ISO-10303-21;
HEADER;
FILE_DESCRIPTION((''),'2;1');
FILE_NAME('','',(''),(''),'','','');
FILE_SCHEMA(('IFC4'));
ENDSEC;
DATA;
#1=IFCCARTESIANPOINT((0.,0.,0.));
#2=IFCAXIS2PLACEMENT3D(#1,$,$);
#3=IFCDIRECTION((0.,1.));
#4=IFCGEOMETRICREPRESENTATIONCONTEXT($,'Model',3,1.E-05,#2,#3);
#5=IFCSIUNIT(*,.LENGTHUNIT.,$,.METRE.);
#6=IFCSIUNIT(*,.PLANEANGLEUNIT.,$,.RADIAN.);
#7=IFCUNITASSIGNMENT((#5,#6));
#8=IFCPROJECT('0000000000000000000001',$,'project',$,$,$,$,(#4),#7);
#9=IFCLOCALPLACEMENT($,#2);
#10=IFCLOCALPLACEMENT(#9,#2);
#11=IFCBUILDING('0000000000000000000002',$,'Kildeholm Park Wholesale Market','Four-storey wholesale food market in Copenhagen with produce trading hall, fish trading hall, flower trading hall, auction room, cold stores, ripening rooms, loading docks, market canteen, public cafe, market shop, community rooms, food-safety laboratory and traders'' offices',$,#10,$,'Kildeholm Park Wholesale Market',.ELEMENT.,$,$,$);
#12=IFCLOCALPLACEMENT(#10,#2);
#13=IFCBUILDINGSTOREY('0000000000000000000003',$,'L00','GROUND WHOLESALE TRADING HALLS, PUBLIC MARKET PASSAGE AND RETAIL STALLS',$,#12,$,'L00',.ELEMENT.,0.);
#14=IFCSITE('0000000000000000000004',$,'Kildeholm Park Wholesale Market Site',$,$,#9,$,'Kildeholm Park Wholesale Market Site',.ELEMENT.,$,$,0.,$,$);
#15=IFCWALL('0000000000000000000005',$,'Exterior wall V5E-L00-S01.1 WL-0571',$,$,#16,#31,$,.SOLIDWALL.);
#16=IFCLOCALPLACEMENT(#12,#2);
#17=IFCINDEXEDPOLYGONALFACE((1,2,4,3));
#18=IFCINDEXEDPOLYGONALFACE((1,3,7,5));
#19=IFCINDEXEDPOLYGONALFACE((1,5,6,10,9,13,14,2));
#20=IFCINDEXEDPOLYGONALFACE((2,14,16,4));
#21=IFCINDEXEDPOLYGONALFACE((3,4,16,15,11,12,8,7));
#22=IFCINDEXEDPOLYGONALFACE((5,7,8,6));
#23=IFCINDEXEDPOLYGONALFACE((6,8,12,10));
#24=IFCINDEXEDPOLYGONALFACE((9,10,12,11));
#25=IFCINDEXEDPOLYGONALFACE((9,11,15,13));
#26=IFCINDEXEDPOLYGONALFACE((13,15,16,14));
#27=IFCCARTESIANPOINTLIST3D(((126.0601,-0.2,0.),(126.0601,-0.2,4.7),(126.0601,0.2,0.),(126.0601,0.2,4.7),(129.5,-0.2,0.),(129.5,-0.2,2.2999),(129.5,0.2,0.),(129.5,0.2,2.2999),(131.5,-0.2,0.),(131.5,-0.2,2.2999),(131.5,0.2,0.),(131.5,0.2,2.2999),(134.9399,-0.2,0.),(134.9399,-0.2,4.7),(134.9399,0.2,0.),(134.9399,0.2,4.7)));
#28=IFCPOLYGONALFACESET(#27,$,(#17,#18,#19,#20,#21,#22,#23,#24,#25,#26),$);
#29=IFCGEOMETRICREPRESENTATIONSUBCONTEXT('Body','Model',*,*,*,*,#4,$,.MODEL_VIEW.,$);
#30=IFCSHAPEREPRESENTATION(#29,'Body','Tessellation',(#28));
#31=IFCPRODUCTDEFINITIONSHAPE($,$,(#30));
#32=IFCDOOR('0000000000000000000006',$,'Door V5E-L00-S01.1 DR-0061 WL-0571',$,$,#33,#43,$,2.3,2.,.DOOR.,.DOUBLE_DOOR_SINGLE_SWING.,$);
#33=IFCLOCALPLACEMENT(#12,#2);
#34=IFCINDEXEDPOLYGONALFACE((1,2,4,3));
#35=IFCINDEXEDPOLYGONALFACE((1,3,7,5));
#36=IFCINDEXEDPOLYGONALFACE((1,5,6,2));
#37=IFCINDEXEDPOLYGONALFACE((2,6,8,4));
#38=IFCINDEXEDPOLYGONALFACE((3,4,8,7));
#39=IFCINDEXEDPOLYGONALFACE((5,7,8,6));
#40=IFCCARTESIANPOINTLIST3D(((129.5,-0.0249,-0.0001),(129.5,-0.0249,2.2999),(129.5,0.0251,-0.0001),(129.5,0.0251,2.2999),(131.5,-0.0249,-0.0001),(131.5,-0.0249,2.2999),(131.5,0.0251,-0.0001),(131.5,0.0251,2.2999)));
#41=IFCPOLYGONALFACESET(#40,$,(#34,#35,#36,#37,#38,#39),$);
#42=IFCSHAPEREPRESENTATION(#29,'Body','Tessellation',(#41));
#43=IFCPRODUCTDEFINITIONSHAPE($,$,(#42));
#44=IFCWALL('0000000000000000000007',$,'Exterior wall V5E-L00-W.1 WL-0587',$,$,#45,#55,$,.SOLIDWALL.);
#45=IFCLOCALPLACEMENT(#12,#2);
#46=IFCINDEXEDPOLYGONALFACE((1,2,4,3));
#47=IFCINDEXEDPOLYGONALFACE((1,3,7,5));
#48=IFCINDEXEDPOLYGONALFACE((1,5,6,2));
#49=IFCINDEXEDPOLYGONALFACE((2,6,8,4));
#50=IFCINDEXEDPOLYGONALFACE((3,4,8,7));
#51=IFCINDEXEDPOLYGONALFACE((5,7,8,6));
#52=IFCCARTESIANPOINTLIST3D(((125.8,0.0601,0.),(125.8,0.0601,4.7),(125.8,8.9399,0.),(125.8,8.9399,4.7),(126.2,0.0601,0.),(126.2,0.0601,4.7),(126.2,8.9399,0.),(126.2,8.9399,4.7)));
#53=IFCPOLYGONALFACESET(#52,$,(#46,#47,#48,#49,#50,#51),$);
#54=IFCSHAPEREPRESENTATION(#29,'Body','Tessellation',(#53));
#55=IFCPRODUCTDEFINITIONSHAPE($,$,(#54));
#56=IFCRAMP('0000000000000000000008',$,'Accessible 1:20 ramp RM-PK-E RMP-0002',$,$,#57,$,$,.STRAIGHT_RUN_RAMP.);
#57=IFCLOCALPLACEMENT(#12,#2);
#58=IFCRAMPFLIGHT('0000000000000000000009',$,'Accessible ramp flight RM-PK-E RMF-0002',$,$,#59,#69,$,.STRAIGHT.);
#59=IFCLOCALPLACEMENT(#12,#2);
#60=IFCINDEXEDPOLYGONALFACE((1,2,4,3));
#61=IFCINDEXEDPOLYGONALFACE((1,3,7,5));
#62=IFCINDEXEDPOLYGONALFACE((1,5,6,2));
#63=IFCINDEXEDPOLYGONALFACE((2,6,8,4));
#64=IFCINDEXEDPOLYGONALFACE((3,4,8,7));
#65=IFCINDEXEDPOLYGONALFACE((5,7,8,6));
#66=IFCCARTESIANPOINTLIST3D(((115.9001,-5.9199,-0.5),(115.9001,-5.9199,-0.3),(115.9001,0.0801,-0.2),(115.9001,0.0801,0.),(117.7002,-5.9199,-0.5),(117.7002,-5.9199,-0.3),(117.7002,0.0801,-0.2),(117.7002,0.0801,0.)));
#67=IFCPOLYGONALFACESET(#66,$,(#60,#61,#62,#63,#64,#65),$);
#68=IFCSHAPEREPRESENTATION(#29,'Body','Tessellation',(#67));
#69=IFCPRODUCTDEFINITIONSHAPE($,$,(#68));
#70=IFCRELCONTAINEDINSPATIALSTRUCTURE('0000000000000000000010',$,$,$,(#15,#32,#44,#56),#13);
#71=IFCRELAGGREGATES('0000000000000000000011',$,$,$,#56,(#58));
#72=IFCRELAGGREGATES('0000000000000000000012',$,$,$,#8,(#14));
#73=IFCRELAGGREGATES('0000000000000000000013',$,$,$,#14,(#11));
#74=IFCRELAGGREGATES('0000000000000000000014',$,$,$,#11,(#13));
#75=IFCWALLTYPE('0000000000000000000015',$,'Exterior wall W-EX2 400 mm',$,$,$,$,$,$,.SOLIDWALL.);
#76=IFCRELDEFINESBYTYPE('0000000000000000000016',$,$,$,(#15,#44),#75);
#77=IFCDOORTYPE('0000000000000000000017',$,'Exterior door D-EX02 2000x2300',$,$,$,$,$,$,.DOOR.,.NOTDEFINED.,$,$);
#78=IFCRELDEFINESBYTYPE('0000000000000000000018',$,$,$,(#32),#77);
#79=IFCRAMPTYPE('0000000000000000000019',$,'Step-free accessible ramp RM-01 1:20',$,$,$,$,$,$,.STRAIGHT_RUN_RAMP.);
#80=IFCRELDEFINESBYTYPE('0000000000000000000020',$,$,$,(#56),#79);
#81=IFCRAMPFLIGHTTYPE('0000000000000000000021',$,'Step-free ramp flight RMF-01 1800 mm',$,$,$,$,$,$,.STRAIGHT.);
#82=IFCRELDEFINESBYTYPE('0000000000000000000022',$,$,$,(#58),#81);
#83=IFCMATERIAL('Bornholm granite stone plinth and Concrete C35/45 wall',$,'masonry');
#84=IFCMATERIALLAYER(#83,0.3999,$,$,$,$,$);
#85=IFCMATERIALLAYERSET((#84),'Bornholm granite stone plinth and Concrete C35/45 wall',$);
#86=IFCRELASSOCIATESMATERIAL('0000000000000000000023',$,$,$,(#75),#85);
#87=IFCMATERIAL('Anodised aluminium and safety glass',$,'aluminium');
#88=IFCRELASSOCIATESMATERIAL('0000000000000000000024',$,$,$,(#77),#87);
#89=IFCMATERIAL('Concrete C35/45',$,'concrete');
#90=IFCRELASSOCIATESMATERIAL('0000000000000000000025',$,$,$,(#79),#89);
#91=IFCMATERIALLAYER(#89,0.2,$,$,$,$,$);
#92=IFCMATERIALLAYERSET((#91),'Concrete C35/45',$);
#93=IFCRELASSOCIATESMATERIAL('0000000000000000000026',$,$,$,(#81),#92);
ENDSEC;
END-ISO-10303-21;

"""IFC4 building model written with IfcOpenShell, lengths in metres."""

from ifc_helpers import new_model, si_unit, direction, frame, frame_2d, origin, place, context, subcontext, project, spatial, polyline, rectangle, outline, extrude, material, layer, layer_set, type_object, element, fill, aggregate, save


model = new_model("IFC4")

# Units and contexts
model_context = context("Model", 3, precision=1e-05, world=origin(), true_north=direction((0.0, 1.0)))
body_context = subcontext(model_context, "Body", "Model", "MODEL_VIEW")
ifc_project = project(units=[si_unit("LENGTHUNIT", "METRE"), si_unit("PLANEANGLEUNIT", "RADIAN")], contexts=[model_context])

# Site, building, storey
site_placement = place(None, origin())
site = spatial("IfcSite", under=ifc_project, at=site_placement, Name="Kildeholm Park Wholesale Market Site", LongName="Kildeholm Park Wholesale Market Site", CompositionType="ELEMENT", RefElevation=0.0)
building_placement = place(site_placement, origin())
building = spatial("IfcBuilding", under=site, at=building_placement, Name="Kildeholm Park Wholesale Market", Description="Four-storey wholesale food market in Copenhagen with produce trading hall, fish trading hall, flower trading hall, auction room, cold stores, ripening rooms, loading docks, market canteen, public cafe, market shop, community rooms, food-safety laboratory and traders' offices", LongName="Kildeholm Park Wholesale Market", CompositionType="ELEMENT")
storey_placement = place(building_placement, origin())
storey = spatial("IfcBuildingStorey", under=building, at=storey_placement, Name="L00", Description="GROUND WHOLESALE TRADING HALLS, PUBLIC MARKET PASSAGE AND RETAIL STALLS", LongName="L00", CompositionType="ELEMENT", Elevation=0.0)

# Shared definitions
ifc_material_1 = material(Name="Concrete C35/45", Category="concrete")

# Wall, opening, door
ifc_material_2 = material(Name="Bornholm granite stone plinth and Concrete C35/45 wall", Category="masonry")
ifc_layer_1 = layer(ifc_material_2, 0.3999)
ifc_layer_set_1 = layer_set([ifc_layer_1], Name="Bornholm granite stone plinth and Concrete C35/45 wall")
wall_type = type_object("IfcWallType", Name="Exterior wall W-EX2 400 mm", PredefinedType="SOLIDWALL", material=ifc_layer_set_1)
wall_1_placement = place(storey_placement, frame((126.0601, 0.0, 0.0), z_axis=(0.0, 0.0, 1.0), x_axis=(1.0, 0.0, 0.0)))
wall_1 = element("IfcWall", 1, at=wall_1_placement, inside=storey, type_object=wall_type, Name="Exterior wall V5E-L00-S01.1 WL-0571", PredefinedType="SOLIDWALL", context=body_context, shape_type="SweptSolid", body=[
    extrude(rectangle(XDim=8.8799, YDim=0.3999, at=frame_2d((4.4399, 0.0))), origin(), (0.0, 0.0, 1.0), 4.7),
])
opening_placement = place(wall_1_placement, frame((3.4399, 0.0, 0.0)))
opening = element("IfcOpeningElement", 2, at=opening_placement, cuts=wall_1, PredefinedType="OPENING", context=body_context, shape_type="SweptSolid", body=[
    extrude(rectangle(XDim=2.0, YDim=2.3, at=frame_2d((1.0, 1.1499))), frame((0.0, 0.21, 0.0), z_axis=(0.0, -1.0, 0.0), x_axis=(1.0, 0.0, 0.0)), (0.0, 0.0, 1.0), 0.4199),
])
ifc_material_3 = material(Name="Anodised aluminium and safety glass", Category="aluminium")
door_type = type_object("IfcDoorType", Name="Exterior door D-EX02 2000x2300", OperationType="NOTDEFINED", PredefinedType="DOOR", material=ifc_material_3)
door_placement = place(opening_placement, frame((2.0, 0.0, 0.0), z_axis=(0.0, 0.0, 1.0), x_axis=(-1.0, 0.0, 0.0)))
door = element("IfcDoor", 3, at=door_placement, inside=storey, type_object=door_type, Name="Door V5E-L00-S01.1 DR-0061 WL-0571", OperationType="DOUBLE_DOOR_SINGLE_SWING", OverallHeight=2.3, OverallWidth=2.0, PredefinedType="DOOR", context=body_context, shape_type="SweptSolid", body=[
    extrude(rectangle(XDim=2.0, YDim=2.3, at=frame_2d((1.0, 1.1499))), frame((0.0, 0.0249, 0.0), z_axis=(0.0, -1.0, 0.0), x_axis=(1.0, 0.0, 0.0)), (0.0, 0.0, 1.0), 0.05),
])
fill(opening, door)

# Wall
wall_2_placement = place(storey_placement, frame((126.0, 0.0601, 0.0), z_axis=(0.0, 0.0, 1.0), x_axis=(0.0, 1.0, 0.0)))
element("IfcWall", 4, at=wall_2_placement, inside=storey, type_object=wall_type, Name="Exterior wall V5E-L00-W.1 WL-0587", PredefinedType="SOLIDWALL", context=body_context, shape_type="SweptSolid", body=[
    extrude(rectangle(XDim=8.8799, YDim=0.3999, at=frame_2d((4.4399, 0.0))), origin(), (0.0, 0.0, 1.0), 4.7),
])

# Ramp, ramp flight
ramp_type = type_object("IfcRampType", Name="Step-free accessible ramp RM-01 1:20", PredefinedType="STRAIGHT_RUN_RAMP", material=ifc_material_1)
ramp_placement = place(storey_placement, origin())
ramp = element("IfcRamp", 5, at=ramp_placement, inside=storey, type_object=ramp_type, Name="Accessible 1:20 ramp RM-PK-E RMP-0002", PredefinedType="STRAIGHT_RUN_RAMP")
ifc_layer_2 = layer(ifc_material_1, 0.2)
ifc_layer_set_2 = layer_set([ifc_layer_2], Name="Concrete C35/45")
ramp_flight_type = type_object("IfcRampFlightType", Name="Step-free ramp flight RMF-01 1800 mm", PredefinedType="STRAIGHT", material=ifc_layer_set_2)
ramp_flight_placement = place(storey_placement, frame((116.8, -5.9199, -0.3), z_axis=(0.0, 0.0, 1.0), x_axis=(0.0, 1.0, 0.0)))
ramp_flight = element("IfcRampFlight", 6, at=ramp_flight_placement, type_object=ramp_flight_type, Name="Accessible ramp flight RM-PK-E RMF-0002", PredefinedType="STRAIGHT", context=body_context, shape_type="SweptSolid", body=[
    extrude(outline(polyline([(0.0, 0.0), (0.0, -0.2), (6.0, 0.1001), (6.0, 0.3), (0.0, 0.0)])), frame((0.0, 0.8999, 0.0), z_axis=(0.0, -1.0, 0.0), x_axis=(1.0, 0.0, 0.0)), (0.0, 0.0, 1.0), 1.8),
])
aggregate(ramp, [ramp_flight])

save(model, "model.ifc")
